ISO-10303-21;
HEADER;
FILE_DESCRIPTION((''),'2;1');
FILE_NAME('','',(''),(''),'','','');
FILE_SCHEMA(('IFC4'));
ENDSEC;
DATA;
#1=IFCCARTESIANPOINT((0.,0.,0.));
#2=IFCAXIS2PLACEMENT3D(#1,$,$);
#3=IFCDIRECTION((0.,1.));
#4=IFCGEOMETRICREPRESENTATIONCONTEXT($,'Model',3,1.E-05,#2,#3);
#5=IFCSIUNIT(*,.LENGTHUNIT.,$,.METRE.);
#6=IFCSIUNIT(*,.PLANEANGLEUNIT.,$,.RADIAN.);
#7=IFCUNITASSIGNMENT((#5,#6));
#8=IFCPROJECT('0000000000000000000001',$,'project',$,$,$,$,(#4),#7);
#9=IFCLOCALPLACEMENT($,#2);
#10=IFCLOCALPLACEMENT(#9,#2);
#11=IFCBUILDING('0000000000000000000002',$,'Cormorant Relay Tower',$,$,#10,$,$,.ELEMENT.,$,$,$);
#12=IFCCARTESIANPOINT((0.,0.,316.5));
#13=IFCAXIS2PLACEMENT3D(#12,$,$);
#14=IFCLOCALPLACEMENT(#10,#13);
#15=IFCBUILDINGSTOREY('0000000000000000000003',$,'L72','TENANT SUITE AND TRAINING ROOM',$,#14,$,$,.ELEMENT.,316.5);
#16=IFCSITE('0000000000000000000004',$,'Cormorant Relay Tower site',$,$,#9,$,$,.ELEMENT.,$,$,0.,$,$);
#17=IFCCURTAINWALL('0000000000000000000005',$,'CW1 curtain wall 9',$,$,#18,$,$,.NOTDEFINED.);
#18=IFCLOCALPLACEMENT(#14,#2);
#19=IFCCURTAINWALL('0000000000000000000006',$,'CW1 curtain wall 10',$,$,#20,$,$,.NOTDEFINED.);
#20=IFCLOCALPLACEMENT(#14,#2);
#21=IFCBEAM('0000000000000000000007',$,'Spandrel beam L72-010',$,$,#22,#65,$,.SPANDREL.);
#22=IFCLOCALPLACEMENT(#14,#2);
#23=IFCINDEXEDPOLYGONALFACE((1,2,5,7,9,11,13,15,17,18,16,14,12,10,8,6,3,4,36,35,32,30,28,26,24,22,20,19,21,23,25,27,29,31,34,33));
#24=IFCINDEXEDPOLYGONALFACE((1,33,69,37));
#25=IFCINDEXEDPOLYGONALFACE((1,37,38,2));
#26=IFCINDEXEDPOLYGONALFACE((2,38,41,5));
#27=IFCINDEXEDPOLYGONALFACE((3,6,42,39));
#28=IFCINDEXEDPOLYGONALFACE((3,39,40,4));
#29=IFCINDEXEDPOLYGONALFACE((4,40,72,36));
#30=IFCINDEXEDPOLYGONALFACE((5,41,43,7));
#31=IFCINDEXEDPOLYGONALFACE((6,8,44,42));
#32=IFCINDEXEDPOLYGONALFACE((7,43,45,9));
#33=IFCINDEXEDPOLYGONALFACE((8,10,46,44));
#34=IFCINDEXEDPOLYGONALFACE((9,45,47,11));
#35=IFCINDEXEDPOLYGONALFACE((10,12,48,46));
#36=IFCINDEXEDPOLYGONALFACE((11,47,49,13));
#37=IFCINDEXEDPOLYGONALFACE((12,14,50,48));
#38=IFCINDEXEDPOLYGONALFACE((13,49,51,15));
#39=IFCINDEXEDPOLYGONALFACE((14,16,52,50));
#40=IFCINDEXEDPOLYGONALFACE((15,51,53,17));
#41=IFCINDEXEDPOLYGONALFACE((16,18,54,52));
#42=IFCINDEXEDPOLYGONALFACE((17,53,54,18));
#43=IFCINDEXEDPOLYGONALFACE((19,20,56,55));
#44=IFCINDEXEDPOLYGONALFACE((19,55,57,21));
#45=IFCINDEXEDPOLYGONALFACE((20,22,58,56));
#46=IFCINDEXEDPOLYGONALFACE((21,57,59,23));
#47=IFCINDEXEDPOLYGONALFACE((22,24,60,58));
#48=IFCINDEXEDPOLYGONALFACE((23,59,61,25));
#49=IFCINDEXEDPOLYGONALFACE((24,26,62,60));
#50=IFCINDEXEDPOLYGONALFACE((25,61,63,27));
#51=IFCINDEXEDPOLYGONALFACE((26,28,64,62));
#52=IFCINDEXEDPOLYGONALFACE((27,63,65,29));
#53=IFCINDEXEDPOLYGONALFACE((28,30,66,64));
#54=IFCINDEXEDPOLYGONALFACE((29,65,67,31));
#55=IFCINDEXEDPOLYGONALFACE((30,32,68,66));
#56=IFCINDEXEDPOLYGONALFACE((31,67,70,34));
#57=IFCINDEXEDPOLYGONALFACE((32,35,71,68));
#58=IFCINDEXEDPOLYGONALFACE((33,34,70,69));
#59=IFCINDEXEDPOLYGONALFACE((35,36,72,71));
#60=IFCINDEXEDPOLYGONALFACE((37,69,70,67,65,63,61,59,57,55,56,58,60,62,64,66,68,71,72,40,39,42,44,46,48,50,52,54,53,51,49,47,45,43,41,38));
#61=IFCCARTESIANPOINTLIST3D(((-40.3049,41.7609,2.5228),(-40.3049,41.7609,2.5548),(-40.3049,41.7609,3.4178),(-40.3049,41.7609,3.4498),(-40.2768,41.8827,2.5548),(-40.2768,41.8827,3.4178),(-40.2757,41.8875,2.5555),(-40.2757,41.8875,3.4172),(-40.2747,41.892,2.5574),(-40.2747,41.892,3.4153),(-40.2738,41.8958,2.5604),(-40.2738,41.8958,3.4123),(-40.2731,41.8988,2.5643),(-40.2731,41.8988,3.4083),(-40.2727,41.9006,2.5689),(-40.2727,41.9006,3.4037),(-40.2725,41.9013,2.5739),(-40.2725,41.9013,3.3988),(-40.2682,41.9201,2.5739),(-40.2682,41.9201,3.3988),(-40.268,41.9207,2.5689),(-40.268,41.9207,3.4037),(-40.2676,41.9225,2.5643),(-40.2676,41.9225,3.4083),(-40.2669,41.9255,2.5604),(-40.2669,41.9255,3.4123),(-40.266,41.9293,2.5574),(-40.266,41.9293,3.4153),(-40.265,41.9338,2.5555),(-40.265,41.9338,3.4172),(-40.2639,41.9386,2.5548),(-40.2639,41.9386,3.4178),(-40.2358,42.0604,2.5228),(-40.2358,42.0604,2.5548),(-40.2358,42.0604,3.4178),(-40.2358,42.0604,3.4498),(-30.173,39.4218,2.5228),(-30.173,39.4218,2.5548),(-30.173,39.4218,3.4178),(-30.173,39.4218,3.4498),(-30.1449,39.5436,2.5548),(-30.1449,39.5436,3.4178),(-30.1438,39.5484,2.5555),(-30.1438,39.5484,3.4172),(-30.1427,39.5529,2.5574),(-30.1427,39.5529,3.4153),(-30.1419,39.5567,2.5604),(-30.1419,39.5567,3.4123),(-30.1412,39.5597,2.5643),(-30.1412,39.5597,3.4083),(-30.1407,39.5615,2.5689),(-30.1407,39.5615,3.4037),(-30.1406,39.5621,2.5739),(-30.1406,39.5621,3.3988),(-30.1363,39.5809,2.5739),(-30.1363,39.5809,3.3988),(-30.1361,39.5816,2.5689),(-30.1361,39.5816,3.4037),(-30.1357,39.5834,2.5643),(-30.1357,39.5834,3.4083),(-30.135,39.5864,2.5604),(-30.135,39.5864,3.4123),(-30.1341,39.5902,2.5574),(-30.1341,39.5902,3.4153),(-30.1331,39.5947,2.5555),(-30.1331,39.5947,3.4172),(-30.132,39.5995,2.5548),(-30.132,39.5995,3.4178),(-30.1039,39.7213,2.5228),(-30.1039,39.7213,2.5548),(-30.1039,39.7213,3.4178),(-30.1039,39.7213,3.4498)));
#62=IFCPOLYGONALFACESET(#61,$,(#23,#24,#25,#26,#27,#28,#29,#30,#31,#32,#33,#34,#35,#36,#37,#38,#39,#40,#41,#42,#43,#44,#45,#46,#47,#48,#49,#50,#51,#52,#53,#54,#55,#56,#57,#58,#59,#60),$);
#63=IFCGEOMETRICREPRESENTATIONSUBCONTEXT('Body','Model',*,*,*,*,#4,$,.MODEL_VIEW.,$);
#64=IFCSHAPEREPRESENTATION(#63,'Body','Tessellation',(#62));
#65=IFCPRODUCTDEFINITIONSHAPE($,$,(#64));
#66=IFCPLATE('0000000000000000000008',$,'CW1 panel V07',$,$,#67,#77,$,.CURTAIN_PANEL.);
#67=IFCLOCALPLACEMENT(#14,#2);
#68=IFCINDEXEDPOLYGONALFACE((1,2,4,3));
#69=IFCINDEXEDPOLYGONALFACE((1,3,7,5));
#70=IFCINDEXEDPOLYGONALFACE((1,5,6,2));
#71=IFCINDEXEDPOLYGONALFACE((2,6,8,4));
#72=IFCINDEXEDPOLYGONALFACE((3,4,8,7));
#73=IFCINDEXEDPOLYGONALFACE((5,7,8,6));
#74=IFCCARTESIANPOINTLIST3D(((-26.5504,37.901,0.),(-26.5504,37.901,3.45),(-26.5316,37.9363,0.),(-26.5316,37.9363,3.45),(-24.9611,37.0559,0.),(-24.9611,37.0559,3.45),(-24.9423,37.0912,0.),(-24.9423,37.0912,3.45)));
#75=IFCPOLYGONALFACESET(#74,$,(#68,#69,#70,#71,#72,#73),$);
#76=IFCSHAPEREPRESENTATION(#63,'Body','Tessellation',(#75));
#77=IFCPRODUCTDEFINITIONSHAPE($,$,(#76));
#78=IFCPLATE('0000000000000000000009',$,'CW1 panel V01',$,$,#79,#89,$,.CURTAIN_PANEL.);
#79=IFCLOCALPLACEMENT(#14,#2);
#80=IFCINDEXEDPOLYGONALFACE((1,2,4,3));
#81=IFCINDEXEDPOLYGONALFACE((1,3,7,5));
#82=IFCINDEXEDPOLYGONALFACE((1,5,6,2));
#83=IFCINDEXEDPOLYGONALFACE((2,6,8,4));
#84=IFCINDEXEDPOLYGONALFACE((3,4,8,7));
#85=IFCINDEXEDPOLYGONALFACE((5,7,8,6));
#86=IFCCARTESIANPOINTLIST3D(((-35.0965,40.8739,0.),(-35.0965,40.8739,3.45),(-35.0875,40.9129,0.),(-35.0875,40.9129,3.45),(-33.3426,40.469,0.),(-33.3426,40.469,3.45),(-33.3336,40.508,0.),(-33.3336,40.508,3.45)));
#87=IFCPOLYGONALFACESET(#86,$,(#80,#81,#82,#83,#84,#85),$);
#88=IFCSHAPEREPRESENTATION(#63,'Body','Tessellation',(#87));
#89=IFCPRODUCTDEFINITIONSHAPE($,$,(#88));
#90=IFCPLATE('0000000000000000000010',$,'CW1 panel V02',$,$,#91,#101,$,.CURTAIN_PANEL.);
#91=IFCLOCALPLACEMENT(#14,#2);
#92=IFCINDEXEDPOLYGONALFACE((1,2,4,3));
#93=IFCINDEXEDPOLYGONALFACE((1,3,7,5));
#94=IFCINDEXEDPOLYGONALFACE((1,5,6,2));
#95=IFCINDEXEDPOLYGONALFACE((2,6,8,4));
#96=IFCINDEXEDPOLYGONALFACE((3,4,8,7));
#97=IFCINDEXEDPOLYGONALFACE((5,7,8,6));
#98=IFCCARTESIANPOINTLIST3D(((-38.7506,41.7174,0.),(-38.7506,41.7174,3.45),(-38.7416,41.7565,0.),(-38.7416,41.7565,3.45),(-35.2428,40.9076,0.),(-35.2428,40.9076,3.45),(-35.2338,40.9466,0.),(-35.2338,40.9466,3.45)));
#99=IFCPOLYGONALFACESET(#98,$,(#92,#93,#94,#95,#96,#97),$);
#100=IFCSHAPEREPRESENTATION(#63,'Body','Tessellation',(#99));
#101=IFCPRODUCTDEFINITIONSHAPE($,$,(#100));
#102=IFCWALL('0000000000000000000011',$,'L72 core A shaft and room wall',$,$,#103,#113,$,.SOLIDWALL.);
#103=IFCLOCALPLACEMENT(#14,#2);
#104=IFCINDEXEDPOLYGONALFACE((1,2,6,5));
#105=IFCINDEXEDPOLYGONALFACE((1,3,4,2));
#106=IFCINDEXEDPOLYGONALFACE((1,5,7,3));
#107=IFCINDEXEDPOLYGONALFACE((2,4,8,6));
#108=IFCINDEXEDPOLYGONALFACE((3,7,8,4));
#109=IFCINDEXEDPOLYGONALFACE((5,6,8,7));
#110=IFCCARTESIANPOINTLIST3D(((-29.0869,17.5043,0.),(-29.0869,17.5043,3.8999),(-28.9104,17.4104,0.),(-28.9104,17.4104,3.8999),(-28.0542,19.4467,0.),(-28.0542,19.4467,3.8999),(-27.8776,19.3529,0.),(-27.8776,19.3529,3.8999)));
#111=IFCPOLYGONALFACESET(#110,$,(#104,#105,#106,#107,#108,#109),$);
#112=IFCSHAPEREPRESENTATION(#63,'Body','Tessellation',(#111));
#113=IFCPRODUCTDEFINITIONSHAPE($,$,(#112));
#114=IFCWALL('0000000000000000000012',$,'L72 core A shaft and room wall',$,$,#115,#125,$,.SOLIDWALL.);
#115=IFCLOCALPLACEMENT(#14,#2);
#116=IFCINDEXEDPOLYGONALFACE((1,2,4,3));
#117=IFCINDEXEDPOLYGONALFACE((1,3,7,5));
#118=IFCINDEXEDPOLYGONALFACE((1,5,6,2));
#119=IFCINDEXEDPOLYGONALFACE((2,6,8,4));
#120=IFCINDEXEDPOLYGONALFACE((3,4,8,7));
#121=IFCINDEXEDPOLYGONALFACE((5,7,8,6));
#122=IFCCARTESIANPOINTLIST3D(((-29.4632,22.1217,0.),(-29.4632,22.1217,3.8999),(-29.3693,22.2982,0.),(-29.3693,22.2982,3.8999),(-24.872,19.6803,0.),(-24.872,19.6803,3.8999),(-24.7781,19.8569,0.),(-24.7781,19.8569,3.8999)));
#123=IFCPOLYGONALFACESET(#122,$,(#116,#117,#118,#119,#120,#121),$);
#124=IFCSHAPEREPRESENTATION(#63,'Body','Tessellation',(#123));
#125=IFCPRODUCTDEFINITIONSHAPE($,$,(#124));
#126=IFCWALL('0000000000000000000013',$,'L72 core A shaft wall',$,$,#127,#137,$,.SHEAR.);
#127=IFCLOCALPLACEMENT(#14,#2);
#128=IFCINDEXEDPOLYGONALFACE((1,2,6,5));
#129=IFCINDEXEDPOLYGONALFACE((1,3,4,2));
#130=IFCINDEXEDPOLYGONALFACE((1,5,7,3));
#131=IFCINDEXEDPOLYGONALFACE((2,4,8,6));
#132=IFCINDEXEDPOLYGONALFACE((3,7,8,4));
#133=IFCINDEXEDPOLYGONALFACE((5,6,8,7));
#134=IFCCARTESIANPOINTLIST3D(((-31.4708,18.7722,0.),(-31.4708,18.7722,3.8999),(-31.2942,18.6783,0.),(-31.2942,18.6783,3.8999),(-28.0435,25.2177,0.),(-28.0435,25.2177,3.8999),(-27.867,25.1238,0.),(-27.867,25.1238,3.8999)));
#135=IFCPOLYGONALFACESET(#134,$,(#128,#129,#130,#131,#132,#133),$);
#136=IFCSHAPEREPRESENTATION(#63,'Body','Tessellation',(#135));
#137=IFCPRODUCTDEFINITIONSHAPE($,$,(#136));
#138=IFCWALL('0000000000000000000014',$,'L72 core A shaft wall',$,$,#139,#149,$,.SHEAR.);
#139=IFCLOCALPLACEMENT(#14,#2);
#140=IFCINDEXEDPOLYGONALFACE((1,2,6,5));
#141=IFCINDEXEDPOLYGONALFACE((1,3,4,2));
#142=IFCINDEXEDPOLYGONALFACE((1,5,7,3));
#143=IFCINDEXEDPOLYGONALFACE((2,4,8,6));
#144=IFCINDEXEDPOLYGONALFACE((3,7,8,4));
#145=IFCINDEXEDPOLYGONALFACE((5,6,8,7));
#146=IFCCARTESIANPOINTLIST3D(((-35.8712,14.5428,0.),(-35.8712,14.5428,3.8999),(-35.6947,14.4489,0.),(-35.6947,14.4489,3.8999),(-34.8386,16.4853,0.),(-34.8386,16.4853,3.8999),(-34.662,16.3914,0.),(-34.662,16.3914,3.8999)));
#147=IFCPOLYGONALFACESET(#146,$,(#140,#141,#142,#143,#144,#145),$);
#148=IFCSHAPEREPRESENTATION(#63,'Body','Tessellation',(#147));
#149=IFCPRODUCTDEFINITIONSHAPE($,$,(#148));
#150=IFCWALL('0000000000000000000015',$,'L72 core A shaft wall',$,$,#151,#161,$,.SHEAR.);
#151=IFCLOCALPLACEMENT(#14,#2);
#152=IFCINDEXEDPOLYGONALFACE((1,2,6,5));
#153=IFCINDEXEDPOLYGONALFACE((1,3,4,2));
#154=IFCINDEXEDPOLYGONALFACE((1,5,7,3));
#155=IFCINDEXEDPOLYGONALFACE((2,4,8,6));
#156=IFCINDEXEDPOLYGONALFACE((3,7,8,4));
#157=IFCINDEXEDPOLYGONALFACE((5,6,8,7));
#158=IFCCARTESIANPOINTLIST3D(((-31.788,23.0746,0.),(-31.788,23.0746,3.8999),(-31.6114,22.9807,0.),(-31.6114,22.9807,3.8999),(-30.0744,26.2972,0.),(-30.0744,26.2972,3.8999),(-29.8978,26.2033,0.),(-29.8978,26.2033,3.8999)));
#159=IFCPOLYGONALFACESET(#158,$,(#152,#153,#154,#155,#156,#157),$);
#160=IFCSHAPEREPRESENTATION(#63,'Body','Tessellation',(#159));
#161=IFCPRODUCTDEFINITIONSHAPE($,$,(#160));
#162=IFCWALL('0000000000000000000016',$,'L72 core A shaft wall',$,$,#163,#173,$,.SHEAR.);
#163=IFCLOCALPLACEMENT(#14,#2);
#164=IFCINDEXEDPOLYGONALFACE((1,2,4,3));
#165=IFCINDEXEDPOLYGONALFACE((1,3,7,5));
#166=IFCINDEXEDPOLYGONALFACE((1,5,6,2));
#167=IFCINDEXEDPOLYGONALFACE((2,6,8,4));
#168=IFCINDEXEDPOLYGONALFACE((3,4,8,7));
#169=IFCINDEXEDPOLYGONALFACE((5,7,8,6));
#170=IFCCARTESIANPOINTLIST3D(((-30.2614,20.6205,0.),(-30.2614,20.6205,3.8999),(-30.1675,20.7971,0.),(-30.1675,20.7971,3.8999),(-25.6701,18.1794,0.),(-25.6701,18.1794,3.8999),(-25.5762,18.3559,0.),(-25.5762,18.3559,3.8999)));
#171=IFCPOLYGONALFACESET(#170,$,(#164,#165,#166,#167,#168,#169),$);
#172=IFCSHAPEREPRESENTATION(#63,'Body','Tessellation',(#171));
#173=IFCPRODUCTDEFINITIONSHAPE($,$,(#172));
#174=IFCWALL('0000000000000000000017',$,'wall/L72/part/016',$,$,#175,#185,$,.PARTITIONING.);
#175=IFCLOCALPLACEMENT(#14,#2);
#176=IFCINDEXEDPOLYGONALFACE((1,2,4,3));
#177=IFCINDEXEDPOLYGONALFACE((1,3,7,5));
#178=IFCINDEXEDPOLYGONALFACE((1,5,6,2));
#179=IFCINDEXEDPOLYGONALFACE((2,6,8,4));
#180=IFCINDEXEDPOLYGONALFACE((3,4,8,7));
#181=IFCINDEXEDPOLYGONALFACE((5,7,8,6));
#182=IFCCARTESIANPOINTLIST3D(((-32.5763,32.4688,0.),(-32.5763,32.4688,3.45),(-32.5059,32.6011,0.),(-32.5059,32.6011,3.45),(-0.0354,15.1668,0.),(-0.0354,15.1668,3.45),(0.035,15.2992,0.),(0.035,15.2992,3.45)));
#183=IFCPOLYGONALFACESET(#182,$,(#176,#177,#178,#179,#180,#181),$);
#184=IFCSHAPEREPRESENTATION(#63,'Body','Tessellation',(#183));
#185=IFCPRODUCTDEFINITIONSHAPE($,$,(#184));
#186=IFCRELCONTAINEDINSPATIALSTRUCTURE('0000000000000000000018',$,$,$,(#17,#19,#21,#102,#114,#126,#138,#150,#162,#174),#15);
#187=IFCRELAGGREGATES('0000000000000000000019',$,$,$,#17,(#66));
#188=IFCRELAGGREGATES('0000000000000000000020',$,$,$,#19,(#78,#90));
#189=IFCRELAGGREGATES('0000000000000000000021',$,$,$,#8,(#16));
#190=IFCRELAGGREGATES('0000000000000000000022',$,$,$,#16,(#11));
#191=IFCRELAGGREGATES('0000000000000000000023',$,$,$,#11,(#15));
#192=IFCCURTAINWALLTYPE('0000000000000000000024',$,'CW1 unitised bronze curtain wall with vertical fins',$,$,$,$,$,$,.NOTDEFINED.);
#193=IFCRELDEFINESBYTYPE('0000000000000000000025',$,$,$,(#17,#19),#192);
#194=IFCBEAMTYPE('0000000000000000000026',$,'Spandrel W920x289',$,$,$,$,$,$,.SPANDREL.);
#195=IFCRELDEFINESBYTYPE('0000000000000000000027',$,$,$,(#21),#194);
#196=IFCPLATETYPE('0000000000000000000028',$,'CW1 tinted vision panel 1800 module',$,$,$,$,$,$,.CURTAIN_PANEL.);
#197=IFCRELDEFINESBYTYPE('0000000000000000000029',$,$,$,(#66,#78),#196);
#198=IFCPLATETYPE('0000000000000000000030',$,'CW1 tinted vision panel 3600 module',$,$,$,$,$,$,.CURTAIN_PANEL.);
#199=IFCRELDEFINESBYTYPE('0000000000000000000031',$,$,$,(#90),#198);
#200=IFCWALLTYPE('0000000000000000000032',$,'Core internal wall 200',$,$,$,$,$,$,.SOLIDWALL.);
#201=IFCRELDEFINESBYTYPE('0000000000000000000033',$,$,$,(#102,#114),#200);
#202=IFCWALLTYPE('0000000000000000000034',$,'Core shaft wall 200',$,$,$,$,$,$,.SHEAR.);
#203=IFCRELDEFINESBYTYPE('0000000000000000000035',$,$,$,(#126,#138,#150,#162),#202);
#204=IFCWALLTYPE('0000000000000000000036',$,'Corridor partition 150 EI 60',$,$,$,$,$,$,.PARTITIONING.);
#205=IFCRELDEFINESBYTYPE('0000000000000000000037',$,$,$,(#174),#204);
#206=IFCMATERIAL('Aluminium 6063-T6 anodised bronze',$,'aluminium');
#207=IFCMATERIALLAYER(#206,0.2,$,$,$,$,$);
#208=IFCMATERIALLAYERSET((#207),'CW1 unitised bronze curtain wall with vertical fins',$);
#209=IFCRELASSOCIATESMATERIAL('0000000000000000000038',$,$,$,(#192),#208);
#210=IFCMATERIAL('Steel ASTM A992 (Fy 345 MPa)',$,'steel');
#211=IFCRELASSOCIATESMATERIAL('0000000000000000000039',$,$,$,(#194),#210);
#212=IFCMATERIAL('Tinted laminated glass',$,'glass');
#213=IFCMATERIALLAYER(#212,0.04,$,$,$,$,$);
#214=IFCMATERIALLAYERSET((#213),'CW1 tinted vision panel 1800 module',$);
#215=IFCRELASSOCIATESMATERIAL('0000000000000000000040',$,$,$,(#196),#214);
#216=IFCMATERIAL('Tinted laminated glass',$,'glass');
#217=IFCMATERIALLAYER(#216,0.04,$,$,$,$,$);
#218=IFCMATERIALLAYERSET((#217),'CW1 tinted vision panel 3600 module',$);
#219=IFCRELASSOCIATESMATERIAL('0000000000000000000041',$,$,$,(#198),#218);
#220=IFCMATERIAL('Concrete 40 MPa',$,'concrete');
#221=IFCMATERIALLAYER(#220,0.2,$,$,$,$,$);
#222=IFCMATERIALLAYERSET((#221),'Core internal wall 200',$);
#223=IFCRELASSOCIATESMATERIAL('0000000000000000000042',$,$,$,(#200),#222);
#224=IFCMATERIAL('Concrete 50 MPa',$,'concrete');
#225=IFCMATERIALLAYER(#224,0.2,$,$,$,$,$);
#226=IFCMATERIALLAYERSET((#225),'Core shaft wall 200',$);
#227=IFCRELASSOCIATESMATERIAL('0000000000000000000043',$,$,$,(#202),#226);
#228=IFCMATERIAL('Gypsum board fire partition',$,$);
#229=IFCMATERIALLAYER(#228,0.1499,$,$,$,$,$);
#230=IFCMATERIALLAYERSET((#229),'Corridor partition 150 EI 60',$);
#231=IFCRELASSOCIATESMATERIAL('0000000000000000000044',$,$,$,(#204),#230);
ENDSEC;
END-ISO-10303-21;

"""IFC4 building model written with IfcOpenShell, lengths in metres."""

from ifc_helpers import new_model, si_unit, direction, frame, frame_2d, origin, origin_2d, place, context, subcontext, project, spatial, rectangle, i_section, extrude, material, layer, layer_set, material_profile, profile_set, type_object, element, aggregate, save


model = new_model("IFC4")

# Units and contexts
model_context = context("Model", 3, precision=1e-05, world=origin(), true_north=direction((0.0, 1.0)))
body_context = subcontext(model_context, "Body", "Model", "MODEL_VIEW")
ifc_project = project(units=[si_unit("LENGTHUNIT", "METRE"), si_unit("PLANEANGLEUNIT", "RADIAN")], contexts=[model_context])

# Site, building, storey
site_placement = place(None, origin())
site = spatial("IfcSite", under=ifc_project, at=site_placement, Name="Cormorant Relay Tower site", CompositionType="ELEMENT", RefElevation=0.0)
building_placement = place(site_placement, origin())
building = spatial("IfcBuilding", under=site, at=building_placement, Name="Cormorant Relay Tower", CompositionType="ELEMENT")
storey_placement = place(building_placement, frame((0.0, 0.0, 316.5)))
storey = spatial("IfcBuildingStorey", under=building, at=storey_placement, Name="L72", Description="TENANT SUITE AND TRAINING ROOM", CompositionType="ELEMENT", Elevation=316.5)

# Curtain wall
ifc_material_1 = material(Name="Aluminium 6063-T6 anodised bronze", Category="aluminium")
ifc_layer_1 = layer(ifc_material_1, 0.2)
ifc_layer_set_1 = layer_set([ifc_layer_1], Name="CW1 unitised bronze curtain wall with vertical fins")
curtain_wall_type = type_object("IfcCurtainWallType", Name="CW1 unitised bronze curtain wall with vertical fins", PredefinedType="NOTDEFINED", material=ifc_layer_set_1)
curtain_wall_1_placement = place(storey_placement, origin())
curtain_wall_1 = element("IfcCurtainWall", 1, at=curtain_wall_1_placement, inside=storey, type_object=curtain_wall_type, Name="CW1 curtain wall 9", PredefinedType="NOTDEFINED")

# Curtain wall
curtain_wall_2_placement = place(storey_placement, origin())
curtain_wall_2 = element("IfcCurtainWall", 2, at=curtain_wall_2_placement, inside=storey, type_object=curtain_wall_type, Name="CW1 curtain wall 10", PredefinedType="NOTDEFINED")

# Beam
ifc_material_2 = material(Name="Steel ASTM A992 (Fy 345 MPa)", Category="steel")
ifc_material_profile_1 = material_profile(ifc_material_2, i_section(OverallWidth=0.3074, OverallDepth=0.927, WebThickness=0.0193, FlangeThickness=0.032, FilletRadius=0.019, at=origin_2d()), Name="W920x289")
ifc_profile_set_1 = profile_set([ifc_material_profile_1], Name="Steel ASTM A992 (Fy 345 MPa)")
beam_type = type_object("IfcBeamType", Name="Spandrel W920x289", PredefinedType="SPANDREL", material=ifc_profile_set_1)
beam_placement = place(storey_placement, frame((-30.1384, 39.5715, 2.9863), z_axis=(-0.97437, 0.22495, 0.0), x_axis=(-0.22495, -0.97437, 0.0)))
element("IfcBeam", 3, at=beam_placement, inside=storey, type_object=beam_type, Name="Spandrel beam L72-010", PredefinedType="SPANDREL", context=body_context, shape_type="SweptSolid", body=[
    extrude(i_section(OverallWidth=0.3074, OverallDepth=0.927, WebThickness=0.0193, FlangeThickness=0.032, FilletRadius=0.019, at=origin_2d()), origin(), (0.0, 0.0, 1.0), 10.3984),
])

# Plates
ifc_material_3 = material(Name="Tinted laminated glass", Category="glass")
ifc_layer_2 = layer(ifc_material_3, 0.04)
ifc_layer_set_2 = layer_set([ifc_layer_2], Name="CW1 tinted vision panel 1800 module")
plate_type_1 = type_object("IfcPlateType", Name="CW1 tinted vision panel 1800 module", PredefinedType="CURTAIN_PANEL", material=ifc_layer_set_2)
plate_1_placement = place(storey_placement, frame((-25.7463, 37.4961, 0.0), z_axis=(0.0, 0.0, 1.0), x_axis=(-0.882948, 0.469472, 0.0)))
plate_1 = element("IfcPlate", 4, at=plate_1_placement, type_object=plate_type_1, Name="CW1 panel V07", PredefinedType="CURTAIN_PANEL", context=body_context, shape_type="SweptSolid", body=[
    extrude(rectangle(XDim=1.8, YDim=0.04, at=origin_2d()), origin(), (0.0, 0.0, 1.0), 3.45),
])
plate_2_placement = place(storey_placement, frame((-34.2151, 40.6909, 0.0), z_axis=(0.0, 0.0, 1.0), x_axis=(-0.97437, 0.224951, 0.0)))
plate_2 = element("IfcPlate", 5, at=plate_2_placement, type_object=plate_type_1, Name="CW1 panel V01", PredefinedType="CURTAIN_PANEL", context=body_context, shape_type="SweptSolid", body=[
    extrude(rectangle(XDim=1.8, YDim=0.04, at=origin_2d()), origin(), (0.0, 0.0, 1.0), 3.45),
])
ifc_material_4 = material(Name="Tinted laminated glass", Category="glass")
ifc_layer_3 = layer(ifc_material_4, 0.04)
ifc_layer_set_3 = layer_set([ifc_layer_3], Name="CW1 tinted vision panel 3600 module")
plate_type_2 = type_object("IfcPlateType", Name="CW1 tinted vision panel 3600 module", PredefinedType="CURTAIN_PANEL", material=ifc_layer_set_3)
plate_3_placement = place(storey_placement, frame((-36.9922, 41.332, 0.0), z_axis=(0.0, 0.0, 1.0), x_axis=(-0.97437, 0.224951, 0.0)))
plate_3 = element("IfcPlate", 6, at=plate_3_placement, type_object=plate_type_2, Name="CW1 panel V02", PredefinedType="CURTAIN_PANEL", context=body_context, shape_type="SweptSolid", body=[
    extrude(rectangle(XDim=3.6001, YDim=0.04, at=origin_2d()), origin(), (0.0, 0.0, 1.0), 3.45),
])

# Walls
ifc_material_5 = material(Name="Concrete 40 MPa", Category="concrete")
ifc_layer_4 = layer(ifc_material_5, 0.2)
ifc_layer_set_4 = layer_set([ifc_layer_4], Name="Core internal wall 200")
wall_type_1 = type_object("IfcWallType", Name="Core internal wall 200", PredefinedType="SOLIDWALL", material=ifc_layer_set_4)
wall_1_placement = place(storey_placement, frame((-27.9658, 19.3999, 0.0), z_axis=(0.0, 0.0, 1.0), x_axis=(-0.469447, -0.88296, 0.0)))
element("IfcWall", 7, at=wall_1_placement, inside=storey, type_object=wall_type_1, Name="L72 core A shaft and room wall", PredefinedType="SOLIDWALL", context=body_context, shape_type="SweptSolid", body=[
    extrude(rectangle(XDim=2.2, YDim=0.2, at=frame_2d((1.1001, 0.0))), origin(), (0.0, 0.0, 1.0), 3.8999),
])
wall_2_placement = place(storey_placement, frame((-24.825, 19.7686, 0.0), z_axis=(0.0, 0.0, 1.0), x_axis=(-0.882935, 0.469496, 0.0)))
element("IfcWall", 8, at=wall_2_placement, inside=storey, type_object=wall_type_1, Name="L72 core A shaft and room wall", PredefinedType="SOLIDWALL", context=body_context, shape_type="SweptSolid", body=[
    extrude(rectangle(XDim=5.2, YDim=0.2, at=frame_2d((2.6001, 0.0))), origin(), (0.0, 0.0, 1.0), 3.8999),
])
ifc_material_6 = material(Name="Concrete 50 MPa", Category="concrete")
ifc_layer_5 = layer(ifc_material_6, 0.2)
ifc_layer_set_5 = layer_set([ifc_layer_5], Name="Core shaft wall 200")
wall_type_2 = type_object("IfcWallType", Name="Core shaft wall 200", PredefinedType="SHEAR", material=ifc_layer_set_5)
wall_3_placement = place(storey_placement, frame((-27.9553, 25.1707, 0.0), z_axis=(0.0, 0.0, 1.0), x_axis=(-0.46948, -0.882943, 0.0)))
element("IfcWall", 9, at=wall_3_placement, inside=storey, type_object=wall_type_2, Name="L72 core A shaft wall", PredefinedType="SHEAR", context=body_context, shape_type="SweptSolid", body=[
    extrude(rectangle(XDim=7.3, YDim=0.2, at=frame_2d((3.6499, 0.0))), origin(), (0.0, 0.0, 1.0), 3.8999),
])
wall_4_placement = place(storey_placement, frame((-34.7502, 16.4385, 0.0), z_axis=(0.0, 0.0, 1.0), x_axis=(-0.469401, -0.882985, 0.0)))
element("IfcWall", 10, at=wall_4_placement, inside=storey, type_object=wall_type_2, Name="L72 core A shaft wall", PredefinedType="SHEAR", context=body_context, shape_type="SweptSolid", body=[
    extrude(rectangle(XDim=2.2, YDim=0.2, at=frame_2d((1.1001, 0.0))), origin(), (0.0, 0.0, 1.0), 3.8999),
])
wall_5_placement = place(storey_placement, frame((-29.9861, 26.2502, 0.0), z_axis=(0.0, 0.0, 1.0), x_axis=(-0.469494, -0.882936, 0.0)))
element("IfcWall", 11, at=wall_5_placement, inside=storey, type_object=wall_type_2, Name="L72 core A shaft wall", PredefinedType="SHEAR", context=body_context, shape_type="SweptSolid", body=[
    extrude(rectangle(XDim=3.6499, YDim=0.2, at=frame_2d((1.825, 0.0))), origin(), (0.0, 0.0, 1.0), 3.8999),
])

# Wall
wall_6_placement = place(storey_placement, frame((-25.623, 18.2676, 0.0), z_axis=(0.0, 0.0, 1.0), x_axis=(-0.882954, 0.46946, 0.0)))
element("IfcWall", 12, at=wall_6_placement, inside=storey, type_object=wall_type_2, Name="L72 core A shaft wall", PredefinedType="SHEAR", context=body_context, shape_type="SweptSolid", body=[
    extrude(rectangle(XDim=5.2, YDim=0.2, at=frame_2d((2.6001, 0.0))), origin(), (0.0, 0.0, 1.0), 3.8999),
])

# Wall
ifc_material_7 = material(Name="Gypsum board fire partition")
ifc_layer_6 = layer(ifc_material_7, 0.1499)
ifc_layer_set_6 = layer_set([ifc_layer_6], Name="Corridor partition 150 EI 60")
wall_type_3 = type_object("IfcWallType", Name="Corridor partition 150 EI 60", PredefinedType="PARTITIONING", material=ifc_layer_set_6)
wall_7_placement = place(storey_placement, frame((-32.541, 32.5349, 0.0), z_axis=(0.0, 0.0, 1.0), x_axis=(0.882952, -0.469464, 0.0)))
element("IfcWall", 13, at=wall_7_placement, inside=storey, type_object=wall_type_3, Name="wall/L72/part/016", PredefinedType="PARTITIONING", context=body_context, shape_type="SweptSolid", body=[
    extrude(rectangle(XDim=36.8547, YDim=0.1499, at=frame_2d((18.4272, 0.0))), origin(), (0.0, 0.0, 1.0), 3.45),
])

aggregate(curtain_wall_1, [plate_1])
aggregate(curtain_wall_2, [plate_2, plate_3])

save(model, "model.ifc")
